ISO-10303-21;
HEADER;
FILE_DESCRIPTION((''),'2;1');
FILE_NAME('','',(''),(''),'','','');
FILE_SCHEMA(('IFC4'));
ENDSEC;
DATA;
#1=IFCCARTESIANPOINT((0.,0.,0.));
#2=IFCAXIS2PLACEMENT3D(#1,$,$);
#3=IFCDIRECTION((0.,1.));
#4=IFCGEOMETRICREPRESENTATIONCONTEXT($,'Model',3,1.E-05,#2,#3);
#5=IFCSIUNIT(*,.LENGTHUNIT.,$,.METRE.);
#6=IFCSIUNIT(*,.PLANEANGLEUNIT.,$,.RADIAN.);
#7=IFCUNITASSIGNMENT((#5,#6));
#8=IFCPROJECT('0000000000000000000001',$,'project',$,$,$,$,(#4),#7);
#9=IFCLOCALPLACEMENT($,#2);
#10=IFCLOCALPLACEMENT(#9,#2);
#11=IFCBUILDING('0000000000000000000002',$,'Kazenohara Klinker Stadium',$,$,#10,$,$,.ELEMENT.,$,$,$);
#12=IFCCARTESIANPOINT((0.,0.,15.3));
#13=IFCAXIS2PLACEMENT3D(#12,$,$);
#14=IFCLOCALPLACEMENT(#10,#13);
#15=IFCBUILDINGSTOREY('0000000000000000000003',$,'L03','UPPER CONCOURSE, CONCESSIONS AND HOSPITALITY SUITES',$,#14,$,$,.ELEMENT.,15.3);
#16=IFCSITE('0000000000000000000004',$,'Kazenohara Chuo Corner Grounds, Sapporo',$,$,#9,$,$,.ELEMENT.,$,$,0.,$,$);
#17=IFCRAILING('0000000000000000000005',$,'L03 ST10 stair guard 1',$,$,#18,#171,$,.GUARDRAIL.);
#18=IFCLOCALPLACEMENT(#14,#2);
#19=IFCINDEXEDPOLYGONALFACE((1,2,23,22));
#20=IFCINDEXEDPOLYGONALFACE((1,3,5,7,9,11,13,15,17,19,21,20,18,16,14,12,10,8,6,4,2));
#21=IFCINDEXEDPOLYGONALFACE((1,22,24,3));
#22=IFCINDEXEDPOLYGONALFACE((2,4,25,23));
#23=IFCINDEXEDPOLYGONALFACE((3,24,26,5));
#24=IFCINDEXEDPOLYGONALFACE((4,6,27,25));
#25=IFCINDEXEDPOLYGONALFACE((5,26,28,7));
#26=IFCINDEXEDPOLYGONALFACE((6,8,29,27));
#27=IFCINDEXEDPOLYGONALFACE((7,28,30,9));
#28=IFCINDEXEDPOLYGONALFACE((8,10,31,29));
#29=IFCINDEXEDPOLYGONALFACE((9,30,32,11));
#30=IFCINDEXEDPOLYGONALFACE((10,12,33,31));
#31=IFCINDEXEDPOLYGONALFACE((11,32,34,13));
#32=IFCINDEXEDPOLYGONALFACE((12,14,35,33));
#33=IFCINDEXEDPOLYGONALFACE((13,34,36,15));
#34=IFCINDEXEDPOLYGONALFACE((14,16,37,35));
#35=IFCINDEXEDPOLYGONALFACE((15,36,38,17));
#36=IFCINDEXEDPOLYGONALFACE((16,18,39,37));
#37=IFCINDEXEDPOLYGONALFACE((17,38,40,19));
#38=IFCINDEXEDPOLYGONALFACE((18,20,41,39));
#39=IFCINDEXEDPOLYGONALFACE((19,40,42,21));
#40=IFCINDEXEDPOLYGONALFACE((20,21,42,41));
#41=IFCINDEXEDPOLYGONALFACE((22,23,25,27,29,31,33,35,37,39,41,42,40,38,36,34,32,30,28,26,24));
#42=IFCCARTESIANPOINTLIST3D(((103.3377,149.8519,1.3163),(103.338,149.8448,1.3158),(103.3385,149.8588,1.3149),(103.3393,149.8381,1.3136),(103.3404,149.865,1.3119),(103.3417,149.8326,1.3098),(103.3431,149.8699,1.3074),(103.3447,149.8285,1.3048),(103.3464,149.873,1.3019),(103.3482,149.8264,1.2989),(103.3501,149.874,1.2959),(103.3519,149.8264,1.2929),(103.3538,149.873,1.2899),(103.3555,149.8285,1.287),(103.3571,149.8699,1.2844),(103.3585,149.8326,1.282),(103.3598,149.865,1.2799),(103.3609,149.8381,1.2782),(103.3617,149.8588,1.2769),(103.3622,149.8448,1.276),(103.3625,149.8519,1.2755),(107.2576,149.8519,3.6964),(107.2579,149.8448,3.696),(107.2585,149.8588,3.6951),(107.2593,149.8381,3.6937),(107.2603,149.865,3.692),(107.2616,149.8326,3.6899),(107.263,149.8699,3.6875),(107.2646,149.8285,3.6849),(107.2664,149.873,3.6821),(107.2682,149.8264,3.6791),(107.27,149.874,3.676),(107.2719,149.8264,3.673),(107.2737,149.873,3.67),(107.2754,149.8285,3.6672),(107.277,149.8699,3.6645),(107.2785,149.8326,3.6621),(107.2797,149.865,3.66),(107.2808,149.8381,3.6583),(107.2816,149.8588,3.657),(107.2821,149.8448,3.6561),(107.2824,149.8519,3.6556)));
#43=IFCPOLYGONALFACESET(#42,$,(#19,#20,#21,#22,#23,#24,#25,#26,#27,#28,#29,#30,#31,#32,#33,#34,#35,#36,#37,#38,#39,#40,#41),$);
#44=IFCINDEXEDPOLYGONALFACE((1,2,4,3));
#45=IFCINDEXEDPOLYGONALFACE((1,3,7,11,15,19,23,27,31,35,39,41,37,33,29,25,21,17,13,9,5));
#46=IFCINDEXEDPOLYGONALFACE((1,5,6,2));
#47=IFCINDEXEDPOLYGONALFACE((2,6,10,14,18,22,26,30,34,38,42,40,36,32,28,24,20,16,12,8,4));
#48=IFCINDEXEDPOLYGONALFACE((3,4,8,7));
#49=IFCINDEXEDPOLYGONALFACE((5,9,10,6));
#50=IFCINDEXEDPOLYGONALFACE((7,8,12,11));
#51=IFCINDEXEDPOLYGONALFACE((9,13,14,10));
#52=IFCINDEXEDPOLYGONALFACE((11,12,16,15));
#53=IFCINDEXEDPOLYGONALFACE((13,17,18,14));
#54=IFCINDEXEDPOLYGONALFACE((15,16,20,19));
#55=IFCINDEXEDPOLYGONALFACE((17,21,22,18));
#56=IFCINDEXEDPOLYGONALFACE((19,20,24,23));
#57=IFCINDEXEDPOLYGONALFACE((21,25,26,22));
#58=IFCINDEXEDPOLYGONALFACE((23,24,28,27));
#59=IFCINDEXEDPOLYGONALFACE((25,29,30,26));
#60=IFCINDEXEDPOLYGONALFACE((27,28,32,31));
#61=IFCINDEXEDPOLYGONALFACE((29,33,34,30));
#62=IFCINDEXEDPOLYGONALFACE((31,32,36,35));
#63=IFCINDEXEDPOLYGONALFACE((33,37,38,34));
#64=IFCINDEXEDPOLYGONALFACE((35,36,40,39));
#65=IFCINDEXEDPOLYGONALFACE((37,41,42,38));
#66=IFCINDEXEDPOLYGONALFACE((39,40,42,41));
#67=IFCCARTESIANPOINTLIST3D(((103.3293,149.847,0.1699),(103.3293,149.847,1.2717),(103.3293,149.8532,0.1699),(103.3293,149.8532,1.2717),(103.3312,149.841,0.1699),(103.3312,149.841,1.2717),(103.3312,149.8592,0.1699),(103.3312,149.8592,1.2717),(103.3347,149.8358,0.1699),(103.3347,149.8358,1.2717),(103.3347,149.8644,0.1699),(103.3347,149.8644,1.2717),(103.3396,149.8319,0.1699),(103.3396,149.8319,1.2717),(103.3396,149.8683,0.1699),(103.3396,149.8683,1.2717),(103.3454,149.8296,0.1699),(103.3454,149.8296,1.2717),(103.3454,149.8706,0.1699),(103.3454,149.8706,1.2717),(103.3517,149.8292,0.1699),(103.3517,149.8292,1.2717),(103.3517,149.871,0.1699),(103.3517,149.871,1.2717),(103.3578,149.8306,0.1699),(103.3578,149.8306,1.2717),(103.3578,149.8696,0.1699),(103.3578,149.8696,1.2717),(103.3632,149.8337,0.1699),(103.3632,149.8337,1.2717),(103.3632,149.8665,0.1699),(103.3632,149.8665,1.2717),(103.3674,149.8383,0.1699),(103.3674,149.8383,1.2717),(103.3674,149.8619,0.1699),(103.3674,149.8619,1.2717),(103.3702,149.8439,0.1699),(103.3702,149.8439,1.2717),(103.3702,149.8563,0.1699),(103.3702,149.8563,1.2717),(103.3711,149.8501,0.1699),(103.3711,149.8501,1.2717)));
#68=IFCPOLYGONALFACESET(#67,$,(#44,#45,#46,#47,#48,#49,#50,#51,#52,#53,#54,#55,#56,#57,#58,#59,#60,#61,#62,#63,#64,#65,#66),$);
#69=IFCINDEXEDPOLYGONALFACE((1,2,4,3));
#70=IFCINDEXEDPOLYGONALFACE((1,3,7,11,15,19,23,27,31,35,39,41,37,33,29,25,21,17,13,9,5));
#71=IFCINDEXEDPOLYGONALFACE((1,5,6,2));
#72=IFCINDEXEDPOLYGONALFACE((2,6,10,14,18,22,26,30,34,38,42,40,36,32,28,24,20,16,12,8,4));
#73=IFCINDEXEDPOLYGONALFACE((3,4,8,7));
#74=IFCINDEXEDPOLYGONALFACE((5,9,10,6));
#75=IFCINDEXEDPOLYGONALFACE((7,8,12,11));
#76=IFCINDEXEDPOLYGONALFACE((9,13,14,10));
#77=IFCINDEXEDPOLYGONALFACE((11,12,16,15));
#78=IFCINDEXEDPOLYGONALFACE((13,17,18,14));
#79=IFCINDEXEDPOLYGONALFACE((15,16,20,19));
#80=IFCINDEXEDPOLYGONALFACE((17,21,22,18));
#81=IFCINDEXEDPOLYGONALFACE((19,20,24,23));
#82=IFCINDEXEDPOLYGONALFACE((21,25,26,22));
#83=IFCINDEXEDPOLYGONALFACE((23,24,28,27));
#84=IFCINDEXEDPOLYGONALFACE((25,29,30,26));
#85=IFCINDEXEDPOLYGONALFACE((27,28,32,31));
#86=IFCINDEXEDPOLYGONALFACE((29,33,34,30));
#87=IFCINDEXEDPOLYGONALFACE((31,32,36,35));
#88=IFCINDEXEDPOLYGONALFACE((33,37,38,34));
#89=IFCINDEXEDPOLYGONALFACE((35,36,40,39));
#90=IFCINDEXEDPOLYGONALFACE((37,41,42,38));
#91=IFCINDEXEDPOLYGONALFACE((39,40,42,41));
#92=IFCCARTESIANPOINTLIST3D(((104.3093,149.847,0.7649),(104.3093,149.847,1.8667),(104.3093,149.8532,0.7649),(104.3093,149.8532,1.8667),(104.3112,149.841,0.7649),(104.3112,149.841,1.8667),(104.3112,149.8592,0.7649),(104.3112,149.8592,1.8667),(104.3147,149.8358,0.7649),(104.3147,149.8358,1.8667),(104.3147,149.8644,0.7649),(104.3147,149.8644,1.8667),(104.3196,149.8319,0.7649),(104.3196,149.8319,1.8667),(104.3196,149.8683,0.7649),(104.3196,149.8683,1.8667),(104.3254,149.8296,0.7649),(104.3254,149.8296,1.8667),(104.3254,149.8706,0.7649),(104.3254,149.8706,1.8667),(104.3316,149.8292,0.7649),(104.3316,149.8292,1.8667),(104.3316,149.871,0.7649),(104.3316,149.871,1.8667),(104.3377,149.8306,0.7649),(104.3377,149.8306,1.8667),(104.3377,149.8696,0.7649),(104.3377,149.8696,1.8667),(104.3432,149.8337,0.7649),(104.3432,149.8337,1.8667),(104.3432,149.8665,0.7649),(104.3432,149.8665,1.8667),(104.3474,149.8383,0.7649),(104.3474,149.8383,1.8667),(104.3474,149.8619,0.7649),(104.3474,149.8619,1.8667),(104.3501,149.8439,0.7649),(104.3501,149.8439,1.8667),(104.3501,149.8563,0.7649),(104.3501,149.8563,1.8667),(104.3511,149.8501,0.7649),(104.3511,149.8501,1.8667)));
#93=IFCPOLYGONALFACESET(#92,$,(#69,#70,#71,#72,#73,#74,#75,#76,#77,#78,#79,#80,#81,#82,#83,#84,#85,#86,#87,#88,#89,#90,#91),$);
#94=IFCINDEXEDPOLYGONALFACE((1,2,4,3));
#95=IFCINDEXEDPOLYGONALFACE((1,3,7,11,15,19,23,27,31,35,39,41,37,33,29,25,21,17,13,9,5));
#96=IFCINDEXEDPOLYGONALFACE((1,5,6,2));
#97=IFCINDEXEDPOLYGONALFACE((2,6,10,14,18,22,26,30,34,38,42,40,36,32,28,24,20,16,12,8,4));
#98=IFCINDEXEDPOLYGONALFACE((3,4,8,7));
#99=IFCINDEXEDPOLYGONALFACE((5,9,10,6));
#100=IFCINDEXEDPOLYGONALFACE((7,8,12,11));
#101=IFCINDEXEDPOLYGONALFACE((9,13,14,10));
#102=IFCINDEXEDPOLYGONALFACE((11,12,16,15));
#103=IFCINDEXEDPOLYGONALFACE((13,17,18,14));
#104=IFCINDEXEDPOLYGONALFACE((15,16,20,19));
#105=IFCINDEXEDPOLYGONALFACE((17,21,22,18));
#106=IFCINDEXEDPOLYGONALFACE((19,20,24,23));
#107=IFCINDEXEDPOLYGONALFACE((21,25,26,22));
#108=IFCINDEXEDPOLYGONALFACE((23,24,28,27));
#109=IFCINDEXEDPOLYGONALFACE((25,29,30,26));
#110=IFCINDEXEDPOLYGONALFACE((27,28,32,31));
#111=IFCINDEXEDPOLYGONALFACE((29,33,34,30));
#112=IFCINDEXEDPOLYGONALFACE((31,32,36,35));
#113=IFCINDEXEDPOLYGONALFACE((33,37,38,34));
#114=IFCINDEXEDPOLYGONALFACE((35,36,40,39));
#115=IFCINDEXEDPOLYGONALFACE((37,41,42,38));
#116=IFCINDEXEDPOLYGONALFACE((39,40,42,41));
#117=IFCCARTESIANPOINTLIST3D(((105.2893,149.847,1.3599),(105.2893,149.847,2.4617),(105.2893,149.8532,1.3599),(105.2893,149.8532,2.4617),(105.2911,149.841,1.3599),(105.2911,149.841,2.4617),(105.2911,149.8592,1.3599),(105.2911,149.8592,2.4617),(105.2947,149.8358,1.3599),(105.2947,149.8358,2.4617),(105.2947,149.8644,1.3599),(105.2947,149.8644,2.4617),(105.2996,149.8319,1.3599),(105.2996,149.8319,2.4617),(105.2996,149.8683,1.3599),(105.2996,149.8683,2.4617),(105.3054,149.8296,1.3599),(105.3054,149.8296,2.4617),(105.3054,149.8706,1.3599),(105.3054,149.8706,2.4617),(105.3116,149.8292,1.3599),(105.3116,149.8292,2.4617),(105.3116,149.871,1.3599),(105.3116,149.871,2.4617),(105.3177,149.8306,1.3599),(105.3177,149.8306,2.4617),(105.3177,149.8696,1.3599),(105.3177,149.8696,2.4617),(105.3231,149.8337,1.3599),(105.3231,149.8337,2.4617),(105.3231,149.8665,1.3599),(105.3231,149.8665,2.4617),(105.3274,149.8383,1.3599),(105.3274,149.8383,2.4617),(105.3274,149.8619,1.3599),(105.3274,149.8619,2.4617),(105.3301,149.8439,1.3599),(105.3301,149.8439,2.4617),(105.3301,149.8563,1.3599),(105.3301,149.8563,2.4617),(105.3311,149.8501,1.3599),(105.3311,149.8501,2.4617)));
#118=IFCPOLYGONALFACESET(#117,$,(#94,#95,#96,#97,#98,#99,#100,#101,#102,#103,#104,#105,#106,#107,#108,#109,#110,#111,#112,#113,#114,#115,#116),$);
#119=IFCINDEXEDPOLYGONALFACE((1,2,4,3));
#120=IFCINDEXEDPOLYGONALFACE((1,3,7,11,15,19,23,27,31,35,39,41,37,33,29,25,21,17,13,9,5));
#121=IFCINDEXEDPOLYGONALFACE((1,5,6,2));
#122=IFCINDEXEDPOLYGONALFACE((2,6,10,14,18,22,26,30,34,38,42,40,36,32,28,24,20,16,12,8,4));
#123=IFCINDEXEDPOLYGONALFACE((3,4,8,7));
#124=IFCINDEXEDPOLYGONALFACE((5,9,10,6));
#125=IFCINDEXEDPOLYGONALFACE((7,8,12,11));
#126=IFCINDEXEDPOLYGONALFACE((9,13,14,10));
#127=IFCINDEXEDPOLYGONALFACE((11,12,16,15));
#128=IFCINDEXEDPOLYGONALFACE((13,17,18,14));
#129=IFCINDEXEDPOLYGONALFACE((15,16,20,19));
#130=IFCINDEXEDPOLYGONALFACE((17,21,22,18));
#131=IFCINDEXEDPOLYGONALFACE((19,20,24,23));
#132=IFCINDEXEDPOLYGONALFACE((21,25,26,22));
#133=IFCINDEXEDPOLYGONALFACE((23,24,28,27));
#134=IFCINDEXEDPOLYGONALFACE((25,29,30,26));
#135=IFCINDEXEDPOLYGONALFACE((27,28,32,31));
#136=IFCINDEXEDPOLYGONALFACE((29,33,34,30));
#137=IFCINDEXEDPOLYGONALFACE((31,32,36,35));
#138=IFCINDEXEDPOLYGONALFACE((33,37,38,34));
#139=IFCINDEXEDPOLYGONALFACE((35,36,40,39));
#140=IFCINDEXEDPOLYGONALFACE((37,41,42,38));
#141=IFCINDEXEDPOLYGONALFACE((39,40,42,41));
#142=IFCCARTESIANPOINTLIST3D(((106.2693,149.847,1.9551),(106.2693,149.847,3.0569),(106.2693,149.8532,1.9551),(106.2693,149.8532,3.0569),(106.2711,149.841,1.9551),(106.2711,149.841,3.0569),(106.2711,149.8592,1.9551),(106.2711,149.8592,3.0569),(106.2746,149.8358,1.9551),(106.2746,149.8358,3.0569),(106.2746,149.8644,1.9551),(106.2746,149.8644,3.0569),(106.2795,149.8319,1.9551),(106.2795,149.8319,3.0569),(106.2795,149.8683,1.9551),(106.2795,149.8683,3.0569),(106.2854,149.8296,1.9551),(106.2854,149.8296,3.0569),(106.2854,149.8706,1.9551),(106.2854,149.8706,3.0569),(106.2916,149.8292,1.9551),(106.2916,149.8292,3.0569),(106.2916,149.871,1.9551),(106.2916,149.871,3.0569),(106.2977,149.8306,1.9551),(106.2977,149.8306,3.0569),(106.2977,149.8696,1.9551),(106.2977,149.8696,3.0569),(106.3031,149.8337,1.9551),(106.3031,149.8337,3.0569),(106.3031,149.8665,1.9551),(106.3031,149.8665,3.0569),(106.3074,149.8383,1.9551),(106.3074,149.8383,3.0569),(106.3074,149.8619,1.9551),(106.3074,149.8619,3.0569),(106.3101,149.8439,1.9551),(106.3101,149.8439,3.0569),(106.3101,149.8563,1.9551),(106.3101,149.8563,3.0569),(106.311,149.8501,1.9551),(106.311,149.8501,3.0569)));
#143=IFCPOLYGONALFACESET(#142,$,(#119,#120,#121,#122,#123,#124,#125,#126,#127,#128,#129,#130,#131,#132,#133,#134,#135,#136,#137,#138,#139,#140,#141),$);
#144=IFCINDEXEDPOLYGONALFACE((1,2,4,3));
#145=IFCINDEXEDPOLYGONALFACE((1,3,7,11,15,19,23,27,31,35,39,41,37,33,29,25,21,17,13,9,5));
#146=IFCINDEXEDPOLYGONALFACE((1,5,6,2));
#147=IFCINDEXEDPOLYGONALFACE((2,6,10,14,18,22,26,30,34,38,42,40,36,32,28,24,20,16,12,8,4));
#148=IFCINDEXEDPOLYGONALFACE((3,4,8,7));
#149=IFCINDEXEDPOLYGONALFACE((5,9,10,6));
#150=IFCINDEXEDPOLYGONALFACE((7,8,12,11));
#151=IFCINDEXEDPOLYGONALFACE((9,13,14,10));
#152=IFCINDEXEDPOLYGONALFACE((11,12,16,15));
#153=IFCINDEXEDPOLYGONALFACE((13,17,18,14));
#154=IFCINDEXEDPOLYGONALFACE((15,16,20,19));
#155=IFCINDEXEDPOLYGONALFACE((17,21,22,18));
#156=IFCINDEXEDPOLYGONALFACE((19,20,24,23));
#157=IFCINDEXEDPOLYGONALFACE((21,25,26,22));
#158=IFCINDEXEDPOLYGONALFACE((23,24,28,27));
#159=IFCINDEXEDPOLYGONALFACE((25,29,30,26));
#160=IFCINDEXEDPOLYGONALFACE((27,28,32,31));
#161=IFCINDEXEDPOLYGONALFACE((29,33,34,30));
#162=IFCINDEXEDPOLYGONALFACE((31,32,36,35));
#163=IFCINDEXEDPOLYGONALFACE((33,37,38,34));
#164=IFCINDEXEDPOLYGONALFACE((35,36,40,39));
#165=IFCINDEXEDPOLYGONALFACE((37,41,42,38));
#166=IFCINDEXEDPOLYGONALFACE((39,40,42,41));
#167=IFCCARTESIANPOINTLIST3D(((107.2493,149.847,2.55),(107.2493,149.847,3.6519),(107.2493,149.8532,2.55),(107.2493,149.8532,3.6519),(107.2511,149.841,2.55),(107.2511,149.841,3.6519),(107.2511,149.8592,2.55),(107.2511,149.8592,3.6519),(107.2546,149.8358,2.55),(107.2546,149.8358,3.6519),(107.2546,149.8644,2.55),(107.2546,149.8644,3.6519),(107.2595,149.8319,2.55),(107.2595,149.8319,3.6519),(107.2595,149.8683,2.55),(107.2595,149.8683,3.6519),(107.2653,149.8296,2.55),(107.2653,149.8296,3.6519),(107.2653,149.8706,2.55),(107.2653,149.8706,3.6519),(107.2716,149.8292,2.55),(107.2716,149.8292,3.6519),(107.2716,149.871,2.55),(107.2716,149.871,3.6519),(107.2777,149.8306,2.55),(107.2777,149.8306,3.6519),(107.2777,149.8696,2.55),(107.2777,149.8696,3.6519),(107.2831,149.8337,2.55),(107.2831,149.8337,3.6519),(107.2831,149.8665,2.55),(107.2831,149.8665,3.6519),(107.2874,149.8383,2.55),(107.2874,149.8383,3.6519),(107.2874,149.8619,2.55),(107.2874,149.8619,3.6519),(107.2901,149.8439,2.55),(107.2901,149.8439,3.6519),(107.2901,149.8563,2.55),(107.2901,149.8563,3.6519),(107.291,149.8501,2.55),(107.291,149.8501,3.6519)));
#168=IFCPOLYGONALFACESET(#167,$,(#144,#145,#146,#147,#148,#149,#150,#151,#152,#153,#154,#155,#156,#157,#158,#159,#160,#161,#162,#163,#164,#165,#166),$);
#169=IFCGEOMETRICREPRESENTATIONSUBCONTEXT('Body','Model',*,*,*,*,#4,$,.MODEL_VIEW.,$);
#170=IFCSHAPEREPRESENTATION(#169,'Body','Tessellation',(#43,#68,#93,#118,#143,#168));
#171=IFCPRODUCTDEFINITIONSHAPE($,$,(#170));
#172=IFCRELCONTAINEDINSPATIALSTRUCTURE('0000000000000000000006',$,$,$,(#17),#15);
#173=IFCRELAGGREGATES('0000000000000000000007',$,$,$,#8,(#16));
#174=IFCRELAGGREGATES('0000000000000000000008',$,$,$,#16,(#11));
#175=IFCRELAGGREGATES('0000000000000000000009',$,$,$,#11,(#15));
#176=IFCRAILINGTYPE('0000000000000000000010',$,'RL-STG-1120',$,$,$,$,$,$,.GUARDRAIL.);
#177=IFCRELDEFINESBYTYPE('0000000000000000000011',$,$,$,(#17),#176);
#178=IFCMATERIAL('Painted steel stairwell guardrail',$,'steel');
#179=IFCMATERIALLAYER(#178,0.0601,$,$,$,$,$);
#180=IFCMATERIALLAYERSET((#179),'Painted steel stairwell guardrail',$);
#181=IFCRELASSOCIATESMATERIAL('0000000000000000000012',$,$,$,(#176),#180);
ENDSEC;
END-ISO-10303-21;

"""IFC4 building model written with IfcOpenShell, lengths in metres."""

from ifc_helpers import new_model, si_unit, direction, frame, origin, origin_2d, place, context, subcontext, project, spatial, circle, extrude, material, layer, layer_set, type_object, element, save


model = new_model("IFC4")

# Units and contexts
model_context = context("Model", 3, precision=1e-05, world=origin(), true_north=direction((0.0, 1.0)))
body_context = subcontext(model_context, "Body", "Model", "MODEL_VIEW")
ifc_project = project(units=[si_unit("LENGTHUNIT", "METRE"), si_unit("PLANEANGLEUNIT", "RADIAN")], contexts=[model_context])

# Site, building, storey
site_placement = place(None, origin())
site = spatial("IfcSite", under=ifc_project, at=site_placement, Name="Kazenohara Chuo Corner Grounds, Sapporo", CompositionType="ELEMENT", RefElevation=0.0)
building_placement = place(site_placement, origin())
building = spatial("IfcBuilding", under=site, at=building_placement, Name="Kazenohara Klinker Stadium", CompositionType="ELEMENT")
storey_placement = place(building_placement, frame((0.0, 0.0, 15.3)))
storey = spatial("IfcBuildingStorey", under=building, at=storey_placement, Name="L03", Description="UPPER CONCOURSE, CONCESSIONS AND HOSPITALITY SUITES", CompositionType="ELEMENT", Elevation=15.3)

# Railing
ifc_material_1 = material(Name="Painted steel stairwell guardrail", Category="steel")
ifc_layer_1 = layer(ifc_material_1, 0.0601)
ifc_layer_set_1 = layer_set([ifc_layer_1], Name="Painted steel stairwell guardrail")
railing_type_1 = type_object("IfcRailingType", Name="RL-STG-1120", PredefinedType="GUARDRAIL", material=ifc_layer_set_1)
railing_1_placement = place(storey_placement, frame((103.3501, 149.8501, 0.1699)))
element("IfcRailing", 1, at=railing_1_placement, inside=storey, type_object=railing_type_1, Name="L03 ST10 stair guard 1", PredefinedType="GUARDRAIL", context=body_context, shape_type="SweptSolid", body=[
    extrude(circle(Radius=0.0239, at=origin_2d()), frame((0.0, 0.0, 1.126), z_axis=(0.854771, 0.0, 0.519006), x_axis=(0.0, 1.0, 0.0)), (0.0, 0.0, 1.0), 4.5859),
    extrude(circle(Radius=0.021, at=origin_2d()), origin(), (0.0, 0.0, 1.0), 1.1018),
    extrude(circle(Radius=0.021, at=origin_2d()), frame((0.98, 0.0, 0.595)), (0.0, 0.0, 1.0), 1.1018),
    extrude(circle(Radius=0.021, at=origin_2d()), frame((1.96, 0.0, 1.1899)), (0.0, 0.0, 1.0), 1.1018),
    extrude(circle(Radius=0.021, at=origin_2d()), frame((2.9399, 0.0, 1.7852)), (0.0, 0.0, 1.0), 1.1018),
    extrude(circle(Radius=0.021, at=origin_2d()), frame((3.9199, 0.0, 2.3801)), (0.0, 0.0, 1.0), 1.1018),
])

save(model, "model.ifc")
